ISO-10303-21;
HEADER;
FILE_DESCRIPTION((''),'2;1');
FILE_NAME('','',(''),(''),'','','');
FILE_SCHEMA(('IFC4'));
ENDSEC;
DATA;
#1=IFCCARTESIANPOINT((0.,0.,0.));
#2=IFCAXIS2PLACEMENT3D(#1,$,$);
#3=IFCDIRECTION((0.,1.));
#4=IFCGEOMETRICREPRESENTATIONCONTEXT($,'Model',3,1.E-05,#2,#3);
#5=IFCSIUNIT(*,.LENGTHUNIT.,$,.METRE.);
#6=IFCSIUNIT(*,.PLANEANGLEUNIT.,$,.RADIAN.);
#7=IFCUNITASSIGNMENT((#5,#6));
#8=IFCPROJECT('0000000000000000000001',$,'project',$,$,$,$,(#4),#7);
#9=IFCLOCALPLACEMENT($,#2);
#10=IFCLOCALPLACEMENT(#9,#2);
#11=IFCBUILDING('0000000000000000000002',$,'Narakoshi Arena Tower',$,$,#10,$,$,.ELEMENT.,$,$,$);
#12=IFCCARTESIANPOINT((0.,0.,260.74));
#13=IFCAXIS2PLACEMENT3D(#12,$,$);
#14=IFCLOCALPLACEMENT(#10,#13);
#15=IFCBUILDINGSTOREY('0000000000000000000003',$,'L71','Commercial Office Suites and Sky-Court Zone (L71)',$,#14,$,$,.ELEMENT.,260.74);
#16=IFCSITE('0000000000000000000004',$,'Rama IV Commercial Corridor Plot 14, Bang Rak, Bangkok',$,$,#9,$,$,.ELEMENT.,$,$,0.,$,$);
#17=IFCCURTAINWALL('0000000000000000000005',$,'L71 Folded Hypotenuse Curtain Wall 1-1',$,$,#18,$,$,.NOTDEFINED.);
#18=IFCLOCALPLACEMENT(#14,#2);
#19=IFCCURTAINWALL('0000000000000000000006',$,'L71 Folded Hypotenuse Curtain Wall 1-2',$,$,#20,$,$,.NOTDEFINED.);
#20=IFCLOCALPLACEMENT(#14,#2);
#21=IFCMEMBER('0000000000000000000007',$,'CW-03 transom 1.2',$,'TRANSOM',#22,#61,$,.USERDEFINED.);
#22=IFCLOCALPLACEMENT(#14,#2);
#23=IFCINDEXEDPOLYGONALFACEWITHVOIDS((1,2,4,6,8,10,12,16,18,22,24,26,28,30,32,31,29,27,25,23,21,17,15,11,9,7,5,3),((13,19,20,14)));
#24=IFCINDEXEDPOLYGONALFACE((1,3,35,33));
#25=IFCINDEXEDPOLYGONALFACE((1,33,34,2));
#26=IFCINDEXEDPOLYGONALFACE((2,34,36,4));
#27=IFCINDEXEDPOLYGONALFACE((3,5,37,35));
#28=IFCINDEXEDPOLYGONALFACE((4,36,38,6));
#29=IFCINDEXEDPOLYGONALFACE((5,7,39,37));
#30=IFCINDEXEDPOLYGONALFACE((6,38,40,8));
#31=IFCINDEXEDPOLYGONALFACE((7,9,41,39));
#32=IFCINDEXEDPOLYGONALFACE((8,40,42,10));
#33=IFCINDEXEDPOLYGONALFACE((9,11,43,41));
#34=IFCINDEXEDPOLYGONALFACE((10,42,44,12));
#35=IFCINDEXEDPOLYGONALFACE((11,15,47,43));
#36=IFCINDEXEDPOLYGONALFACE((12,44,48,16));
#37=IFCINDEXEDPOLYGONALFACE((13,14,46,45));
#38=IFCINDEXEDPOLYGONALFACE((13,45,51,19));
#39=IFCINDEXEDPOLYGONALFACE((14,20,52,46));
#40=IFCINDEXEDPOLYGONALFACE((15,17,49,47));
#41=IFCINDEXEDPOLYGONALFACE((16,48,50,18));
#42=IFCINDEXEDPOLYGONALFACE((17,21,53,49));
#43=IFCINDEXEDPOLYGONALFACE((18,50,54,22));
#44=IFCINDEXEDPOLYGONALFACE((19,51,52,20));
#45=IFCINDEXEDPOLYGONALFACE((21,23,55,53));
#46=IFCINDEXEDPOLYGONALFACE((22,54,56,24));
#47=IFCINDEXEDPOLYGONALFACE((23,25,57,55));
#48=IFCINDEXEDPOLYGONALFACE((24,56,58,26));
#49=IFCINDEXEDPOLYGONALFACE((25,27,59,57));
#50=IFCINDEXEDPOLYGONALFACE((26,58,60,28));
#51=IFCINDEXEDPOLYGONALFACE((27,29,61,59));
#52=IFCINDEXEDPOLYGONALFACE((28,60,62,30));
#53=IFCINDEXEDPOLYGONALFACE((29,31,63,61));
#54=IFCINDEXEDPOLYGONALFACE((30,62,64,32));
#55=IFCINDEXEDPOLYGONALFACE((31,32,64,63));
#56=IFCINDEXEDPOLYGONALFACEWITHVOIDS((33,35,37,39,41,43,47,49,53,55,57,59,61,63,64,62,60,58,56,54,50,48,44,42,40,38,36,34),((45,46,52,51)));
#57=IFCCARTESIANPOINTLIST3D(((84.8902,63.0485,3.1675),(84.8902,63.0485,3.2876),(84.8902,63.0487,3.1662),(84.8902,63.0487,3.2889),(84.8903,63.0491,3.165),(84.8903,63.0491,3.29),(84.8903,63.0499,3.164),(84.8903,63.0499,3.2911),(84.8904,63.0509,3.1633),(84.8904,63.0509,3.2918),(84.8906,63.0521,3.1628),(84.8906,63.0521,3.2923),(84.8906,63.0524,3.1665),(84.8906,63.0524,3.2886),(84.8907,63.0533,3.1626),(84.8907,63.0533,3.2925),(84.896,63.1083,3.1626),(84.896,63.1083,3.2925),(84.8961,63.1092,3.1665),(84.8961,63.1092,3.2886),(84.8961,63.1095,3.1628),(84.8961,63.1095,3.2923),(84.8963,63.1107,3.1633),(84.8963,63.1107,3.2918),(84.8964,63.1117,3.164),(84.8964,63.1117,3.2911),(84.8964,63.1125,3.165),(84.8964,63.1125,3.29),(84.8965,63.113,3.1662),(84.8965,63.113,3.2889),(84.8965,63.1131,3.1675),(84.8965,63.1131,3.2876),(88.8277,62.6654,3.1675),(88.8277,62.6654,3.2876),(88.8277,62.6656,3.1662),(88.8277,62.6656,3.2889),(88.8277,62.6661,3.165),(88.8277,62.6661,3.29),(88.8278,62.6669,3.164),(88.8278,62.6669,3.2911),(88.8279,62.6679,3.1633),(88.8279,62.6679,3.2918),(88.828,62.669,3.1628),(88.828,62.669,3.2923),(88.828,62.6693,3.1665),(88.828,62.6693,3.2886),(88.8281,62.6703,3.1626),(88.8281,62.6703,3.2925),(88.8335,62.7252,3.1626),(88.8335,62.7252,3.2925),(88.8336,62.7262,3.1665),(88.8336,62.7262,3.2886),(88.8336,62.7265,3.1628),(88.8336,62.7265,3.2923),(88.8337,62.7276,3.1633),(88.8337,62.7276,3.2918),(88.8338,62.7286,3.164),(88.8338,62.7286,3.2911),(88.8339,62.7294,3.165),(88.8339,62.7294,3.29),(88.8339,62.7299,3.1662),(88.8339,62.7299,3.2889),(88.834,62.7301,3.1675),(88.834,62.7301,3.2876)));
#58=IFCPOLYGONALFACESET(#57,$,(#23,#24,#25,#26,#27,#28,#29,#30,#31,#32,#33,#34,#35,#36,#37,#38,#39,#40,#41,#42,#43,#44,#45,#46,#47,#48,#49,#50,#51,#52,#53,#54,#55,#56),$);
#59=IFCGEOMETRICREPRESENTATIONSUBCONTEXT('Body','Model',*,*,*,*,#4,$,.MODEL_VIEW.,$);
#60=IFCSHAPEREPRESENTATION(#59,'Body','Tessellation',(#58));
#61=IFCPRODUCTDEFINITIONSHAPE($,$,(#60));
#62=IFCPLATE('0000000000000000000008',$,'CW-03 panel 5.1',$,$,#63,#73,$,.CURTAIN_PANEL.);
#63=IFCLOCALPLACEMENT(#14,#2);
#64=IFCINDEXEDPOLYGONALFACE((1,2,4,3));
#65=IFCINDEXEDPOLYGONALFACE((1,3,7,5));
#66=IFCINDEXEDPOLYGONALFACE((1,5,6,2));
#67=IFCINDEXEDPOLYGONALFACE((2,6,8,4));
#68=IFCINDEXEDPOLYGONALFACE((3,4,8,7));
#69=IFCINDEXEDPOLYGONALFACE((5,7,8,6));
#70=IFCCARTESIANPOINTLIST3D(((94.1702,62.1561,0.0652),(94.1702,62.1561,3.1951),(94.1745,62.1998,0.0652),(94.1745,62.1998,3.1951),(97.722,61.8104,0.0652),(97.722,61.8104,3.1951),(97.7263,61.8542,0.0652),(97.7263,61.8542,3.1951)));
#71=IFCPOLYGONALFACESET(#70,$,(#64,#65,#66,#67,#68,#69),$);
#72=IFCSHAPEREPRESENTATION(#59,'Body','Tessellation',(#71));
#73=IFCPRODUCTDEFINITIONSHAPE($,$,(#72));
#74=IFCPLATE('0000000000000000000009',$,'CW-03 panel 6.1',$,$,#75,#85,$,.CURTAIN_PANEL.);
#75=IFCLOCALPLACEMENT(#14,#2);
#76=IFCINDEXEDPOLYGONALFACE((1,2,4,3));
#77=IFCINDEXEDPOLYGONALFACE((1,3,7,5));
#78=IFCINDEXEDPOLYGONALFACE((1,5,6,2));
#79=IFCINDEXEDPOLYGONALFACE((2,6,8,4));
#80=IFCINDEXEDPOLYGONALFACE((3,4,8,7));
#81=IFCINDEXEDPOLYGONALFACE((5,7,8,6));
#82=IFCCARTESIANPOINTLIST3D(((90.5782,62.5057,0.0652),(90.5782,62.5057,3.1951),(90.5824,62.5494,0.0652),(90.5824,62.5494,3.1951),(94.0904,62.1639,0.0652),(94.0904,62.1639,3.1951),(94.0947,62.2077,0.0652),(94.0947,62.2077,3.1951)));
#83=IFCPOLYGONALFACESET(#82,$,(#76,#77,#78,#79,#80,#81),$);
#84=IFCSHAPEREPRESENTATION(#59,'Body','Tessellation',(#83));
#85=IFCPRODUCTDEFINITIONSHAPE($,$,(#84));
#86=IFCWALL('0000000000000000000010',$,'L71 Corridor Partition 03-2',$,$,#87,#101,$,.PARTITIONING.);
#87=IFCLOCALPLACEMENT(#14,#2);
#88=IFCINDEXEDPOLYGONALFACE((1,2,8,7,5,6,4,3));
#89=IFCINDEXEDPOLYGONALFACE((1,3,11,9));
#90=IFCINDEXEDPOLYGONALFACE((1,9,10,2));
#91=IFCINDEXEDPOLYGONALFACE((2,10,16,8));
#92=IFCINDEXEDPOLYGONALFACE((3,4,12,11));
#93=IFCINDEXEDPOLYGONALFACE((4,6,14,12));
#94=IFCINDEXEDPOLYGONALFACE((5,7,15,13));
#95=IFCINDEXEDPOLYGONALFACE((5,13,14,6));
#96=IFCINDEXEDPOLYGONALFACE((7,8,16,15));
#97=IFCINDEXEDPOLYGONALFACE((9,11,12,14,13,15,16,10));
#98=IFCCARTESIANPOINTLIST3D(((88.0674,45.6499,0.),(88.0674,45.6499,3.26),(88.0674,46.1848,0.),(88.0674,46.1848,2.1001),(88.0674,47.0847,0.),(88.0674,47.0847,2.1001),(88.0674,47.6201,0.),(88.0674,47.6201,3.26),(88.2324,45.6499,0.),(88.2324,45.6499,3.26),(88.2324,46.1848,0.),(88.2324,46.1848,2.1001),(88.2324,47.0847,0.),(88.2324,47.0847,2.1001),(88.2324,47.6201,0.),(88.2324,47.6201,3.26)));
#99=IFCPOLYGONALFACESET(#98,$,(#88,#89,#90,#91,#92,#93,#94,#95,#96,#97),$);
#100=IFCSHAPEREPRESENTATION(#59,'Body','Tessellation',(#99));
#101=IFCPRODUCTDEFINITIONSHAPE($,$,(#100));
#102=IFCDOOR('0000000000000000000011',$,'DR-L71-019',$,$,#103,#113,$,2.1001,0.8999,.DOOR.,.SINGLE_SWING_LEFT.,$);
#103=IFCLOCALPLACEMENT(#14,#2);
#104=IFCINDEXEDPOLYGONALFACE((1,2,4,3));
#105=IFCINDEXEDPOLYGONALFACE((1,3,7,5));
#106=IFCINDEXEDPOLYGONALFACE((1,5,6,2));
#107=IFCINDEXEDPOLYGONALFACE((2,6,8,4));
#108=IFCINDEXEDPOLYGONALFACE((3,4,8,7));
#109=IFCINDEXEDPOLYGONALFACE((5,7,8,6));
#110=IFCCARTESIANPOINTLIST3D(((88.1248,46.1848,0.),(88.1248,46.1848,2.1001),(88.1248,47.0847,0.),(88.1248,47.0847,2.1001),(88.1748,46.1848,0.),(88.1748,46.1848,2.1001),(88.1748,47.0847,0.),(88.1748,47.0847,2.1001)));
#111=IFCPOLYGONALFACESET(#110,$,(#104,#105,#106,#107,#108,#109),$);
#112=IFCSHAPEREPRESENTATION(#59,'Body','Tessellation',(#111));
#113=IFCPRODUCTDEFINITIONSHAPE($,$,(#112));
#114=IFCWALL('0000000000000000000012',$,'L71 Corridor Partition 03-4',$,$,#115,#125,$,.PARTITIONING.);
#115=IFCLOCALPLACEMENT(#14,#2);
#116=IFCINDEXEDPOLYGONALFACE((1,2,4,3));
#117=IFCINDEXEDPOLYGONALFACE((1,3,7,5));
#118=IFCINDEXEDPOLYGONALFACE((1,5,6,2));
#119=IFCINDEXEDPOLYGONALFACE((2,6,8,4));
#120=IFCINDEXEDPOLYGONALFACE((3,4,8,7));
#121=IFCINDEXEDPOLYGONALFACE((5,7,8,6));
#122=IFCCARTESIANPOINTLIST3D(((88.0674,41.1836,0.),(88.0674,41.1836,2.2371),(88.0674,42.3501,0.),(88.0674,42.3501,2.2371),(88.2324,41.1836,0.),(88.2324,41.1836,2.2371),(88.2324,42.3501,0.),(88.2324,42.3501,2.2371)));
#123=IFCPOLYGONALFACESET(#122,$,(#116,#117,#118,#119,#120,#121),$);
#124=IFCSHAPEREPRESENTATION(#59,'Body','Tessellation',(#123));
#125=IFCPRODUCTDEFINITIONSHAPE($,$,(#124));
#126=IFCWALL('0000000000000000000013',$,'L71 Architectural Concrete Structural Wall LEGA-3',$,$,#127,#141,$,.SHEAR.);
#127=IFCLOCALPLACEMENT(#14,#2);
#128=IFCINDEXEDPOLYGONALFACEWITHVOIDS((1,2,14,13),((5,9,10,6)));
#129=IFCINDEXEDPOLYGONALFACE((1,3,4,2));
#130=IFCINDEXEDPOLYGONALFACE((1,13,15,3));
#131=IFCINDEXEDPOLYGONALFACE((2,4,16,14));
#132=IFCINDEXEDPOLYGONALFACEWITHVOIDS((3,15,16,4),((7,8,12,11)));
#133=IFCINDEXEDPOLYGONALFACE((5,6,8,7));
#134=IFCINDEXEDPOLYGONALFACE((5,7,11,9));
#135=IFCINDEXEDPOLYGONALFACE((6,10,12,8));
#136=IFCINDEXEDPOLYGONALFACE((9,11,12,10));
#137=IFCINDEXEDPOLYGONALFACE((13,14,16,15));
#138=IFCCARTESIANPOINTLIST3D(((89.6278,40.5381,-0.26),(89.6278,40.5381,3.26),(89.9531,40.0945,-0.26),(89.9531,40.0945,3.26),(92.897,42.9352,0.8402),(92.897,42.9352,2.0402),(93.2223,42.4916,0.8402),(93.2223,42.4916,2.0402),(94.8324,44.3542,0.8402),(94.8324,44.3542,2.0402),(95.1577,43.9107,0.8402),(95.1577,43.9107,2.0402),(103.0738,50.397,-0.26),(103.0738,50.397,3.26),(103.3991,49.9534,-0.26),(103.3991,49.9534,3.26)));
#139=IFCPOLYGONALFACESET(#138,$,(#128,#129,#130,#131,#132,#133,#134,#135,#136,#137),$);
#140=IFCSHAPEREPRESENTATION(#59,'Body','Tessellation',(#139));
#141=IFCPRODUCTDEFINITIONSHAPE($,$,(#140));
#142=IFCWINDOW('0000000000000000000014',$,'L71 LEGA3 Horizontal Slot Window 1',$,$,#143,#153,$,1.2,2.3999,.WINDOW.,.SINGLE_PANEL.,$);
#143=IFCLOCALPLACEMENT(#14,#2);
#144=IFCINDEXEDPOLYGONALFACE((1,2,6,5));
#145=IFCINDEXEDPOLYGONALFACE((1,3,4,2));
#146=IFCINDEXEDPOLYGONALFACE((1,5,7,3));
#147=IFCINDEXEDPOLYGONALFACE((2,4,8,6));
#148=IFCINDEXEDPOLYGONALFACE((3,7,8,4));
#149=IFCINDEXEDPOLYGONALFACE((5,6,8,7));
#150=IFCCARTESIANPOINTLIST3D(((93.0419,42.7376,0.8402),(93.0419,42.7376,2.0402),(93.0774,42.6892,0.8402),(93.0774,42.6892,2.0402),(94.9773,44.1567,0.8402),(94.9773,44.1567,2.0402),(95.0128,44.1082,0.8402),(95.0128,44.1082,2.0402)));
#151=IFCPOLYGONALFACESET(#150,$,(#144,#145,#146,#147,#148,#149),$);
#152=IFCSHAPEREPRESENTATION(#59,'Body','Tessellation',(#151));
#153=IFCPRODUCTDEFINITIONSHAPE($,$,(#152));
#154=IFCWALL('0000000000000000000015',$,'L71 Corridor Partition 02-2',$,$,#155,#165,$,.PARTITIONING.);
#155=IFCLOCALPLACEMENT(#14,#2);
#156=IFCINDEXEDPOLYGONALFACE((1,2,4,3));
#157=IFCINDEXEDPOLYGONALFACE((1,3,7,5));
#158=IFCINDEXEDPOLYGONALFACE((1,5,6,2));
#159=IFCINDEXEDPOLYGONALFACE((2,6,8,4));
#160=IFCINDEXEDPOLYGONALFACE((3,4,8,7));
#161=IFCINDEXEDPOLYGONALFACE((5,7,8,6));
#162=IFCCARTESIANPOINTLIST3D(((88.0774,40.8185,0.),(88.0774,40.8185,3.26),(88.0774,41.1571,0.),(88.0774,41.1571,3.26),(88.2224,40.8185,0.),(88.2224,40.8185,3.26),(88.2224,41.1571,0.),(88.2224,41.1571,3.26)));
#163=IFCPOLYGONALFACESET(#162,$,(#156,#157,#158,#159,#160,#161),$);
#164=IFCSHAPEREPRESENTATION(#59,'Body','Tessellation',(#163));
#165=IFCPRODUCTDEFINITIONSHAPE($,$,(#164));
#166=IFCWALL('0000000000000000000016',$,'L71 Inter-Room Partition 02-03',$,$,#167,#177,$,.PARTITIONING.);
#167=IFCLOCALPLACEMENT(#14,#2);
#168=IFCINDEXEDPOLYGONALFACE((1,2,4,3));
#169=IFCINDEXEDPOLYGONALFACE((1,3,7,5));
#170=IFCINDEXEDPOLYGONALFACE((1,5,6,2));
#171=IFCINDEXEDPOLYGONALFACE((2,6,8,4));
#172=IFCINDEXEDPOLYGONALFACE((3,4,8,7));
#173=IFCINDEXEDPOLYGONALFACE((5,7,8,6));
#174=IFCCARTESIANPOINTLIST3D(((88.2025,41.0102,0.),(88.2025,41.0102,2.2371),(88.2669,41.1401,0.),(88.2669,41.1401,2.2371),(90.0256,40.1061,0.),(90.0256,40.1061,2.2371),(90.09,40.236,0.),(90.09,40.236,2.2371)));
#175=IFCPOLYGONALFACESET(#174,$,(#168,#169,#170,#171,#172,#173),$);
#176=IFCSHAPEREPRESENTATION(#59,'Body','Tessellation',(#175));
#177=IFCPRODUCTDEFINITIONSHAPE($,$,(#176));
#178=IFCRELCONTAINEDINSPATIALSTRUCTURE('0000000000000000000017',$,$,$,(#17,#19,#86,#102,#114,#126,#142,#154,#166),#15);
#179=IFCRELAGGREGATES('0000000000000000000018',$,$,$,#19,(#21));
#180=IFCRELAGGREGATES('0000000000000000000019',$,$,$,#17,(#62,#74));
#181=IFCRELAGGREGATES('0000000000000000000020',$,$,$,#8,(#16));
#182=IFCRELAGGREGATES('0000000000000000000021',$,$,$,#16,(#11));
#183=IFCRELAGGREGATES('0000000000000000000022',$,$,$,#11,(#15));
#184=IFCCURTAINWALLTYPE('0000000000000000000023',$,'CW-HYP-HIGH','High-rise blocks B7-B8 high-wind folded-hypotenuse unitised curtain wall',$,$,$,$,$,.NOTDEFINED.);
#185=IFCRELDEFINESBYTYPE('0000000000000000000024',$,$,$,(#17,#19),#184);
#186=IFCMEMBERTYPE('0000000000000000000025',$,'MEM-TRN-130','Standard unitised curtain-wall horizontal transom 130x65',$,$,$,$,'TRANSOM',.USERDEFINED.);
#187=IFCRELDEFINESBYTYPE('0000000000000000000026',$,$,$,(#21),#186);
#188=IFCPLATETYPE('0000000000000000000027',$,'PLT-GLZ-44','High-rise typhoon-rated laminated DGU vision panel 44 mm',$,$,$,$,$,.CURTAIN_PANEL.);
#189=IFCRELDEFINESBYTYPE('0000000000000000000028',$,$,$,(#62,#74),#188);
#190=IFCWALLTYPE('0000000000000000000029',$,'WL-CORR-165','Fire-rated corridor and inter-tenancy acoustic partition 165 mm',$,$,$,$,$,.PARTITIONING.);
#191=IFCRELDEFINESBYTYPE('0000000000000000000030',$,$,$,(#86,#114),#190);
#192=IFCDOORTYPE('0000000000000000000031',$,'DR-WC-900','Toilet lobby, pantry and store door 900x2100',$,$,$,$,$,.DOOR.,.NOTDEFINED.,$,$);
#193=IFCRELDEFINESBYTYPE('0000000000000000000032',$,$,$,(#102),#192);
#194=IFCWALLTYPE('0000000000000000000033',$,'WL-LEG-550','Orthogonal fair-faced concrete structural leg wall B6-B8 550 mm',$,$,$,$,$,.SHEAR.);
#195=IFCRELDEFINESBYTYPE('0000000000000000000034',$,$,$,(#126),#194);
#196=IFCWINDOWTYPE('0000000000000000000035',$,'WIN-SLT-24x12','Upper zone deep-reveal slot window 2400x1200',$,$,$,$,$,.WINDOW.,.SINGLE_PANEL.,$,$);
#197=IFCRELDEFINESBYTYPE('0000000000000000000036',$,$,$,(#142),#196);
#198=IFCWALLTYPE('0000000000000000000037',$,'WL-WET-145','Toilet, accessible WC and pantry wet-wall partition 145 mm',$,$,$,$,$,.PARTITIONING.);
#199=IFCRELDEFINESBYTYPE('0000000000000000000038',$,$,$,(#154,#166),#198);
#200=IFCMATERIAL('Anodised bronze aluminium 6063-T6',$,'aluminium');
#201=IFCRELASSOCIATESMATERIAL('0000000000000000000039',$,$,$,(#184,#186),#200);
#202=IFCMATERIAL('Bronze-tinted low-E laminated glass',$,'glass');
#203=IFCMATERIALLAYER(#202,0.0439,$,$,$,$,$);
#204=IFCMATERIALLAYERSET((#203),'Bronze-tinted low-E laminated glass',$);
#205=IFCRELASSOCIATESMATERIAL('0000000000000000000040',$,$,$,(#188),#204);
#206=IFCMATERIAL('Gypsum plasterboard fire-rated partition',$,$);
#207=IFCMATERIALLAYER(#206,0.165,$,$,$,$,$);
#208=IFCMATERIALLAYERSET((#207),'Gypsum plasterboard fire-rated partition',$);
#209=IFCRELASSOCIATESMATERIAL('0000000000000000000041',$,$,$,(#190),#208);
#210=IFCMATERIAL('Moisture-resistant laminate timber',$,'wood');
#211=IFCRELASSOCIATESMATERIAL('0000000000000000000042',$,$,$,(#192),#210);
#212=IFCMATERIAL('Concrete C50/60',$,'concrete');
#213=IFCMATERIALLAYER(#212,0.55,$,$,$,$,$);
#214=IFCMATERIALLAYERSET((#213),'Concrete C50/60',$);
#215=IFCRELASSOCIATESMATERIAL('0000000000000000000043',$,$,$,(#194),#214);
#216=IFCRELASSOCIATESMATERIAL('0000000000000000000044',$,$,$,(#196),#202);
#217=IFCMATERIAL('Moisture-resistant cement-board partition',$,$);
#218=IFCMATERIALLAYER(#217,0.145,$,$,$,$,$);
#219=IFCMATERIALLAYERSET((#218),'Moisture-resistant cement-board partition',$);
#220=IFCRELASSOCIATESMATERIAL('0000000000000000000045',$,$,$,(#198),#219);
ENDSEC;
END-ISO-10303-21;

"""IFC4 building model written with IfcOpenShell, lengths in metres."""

from ifc_helpers import new_model, si_unit, direction, frame, frame_2d, origin, origin_2d, place, context, subcontext, project, spatial, rectangle, hollow_rectangle, extrude, material, layer, layer_set, material_profile, profile_set, type_object, element, fill, aggregate, save


model = new_model("IFC4")

# Units and contexts
model_context = context("Model", 3, precision=1e-05, world=origin(), true_north=direction((0.0, 1.0)))
body_context = subcontext(model_context, "Body", "Model", "MODEL_VIEW")
ifc_project = project(units=[si_unit("LENGTHUNIT", "METRE"), si_unit("PLANEANGLEUNIT", "RADIAN")], contexts=[model_context])

# Site, building, storey
site_placement = place(None, origin())
site = spatial("IfcSite", under=ifc_project, at=site_placement, Name="Rama IV Commercial Corridor Plot 14, Bang Rak, Bangkok", CompositionType="ELEMENT", RefElevation=0.0)
building_placement = place(site_placement, origin())
building = spatial("IfcBuilding", under=site, at=building_placement, Name="Narakoshi Arena Tower", CompositionType="ELEMENT")
storey_placement = place(building_placement, frame((0.0, 0.0, 260.74)))
storey = spatial("IfcBuildingStorey", under=building, at=storey_placement, Name="L71", Description="Commercial Office Suites and Sky-Court Zone (L71)", CompositionType="ELEMENT", Elevation=260.74)

# Shared definitions
ifc_material_1 = material(Name="Concrete C50/60", Category="concrete")

# Curtain wall
ifc_material_2 = material(Name="Anodised bronze aluminium 6063-T6", Category="aluminium")
curtain_wall_type = type_object("IfcCurtainWallType", Name="CW-HYP-HIGH", Description="High-rise blocks B7-B8 high-wind folded-hypotenuse unitised curtain wall", PredefinedType="NOTDEFINED", material=ifc_material_2)
curtain_wall_1_placement = place(storey_placement, origin())
curtain_wall_1 = element("IfcCurtainWall", 1, at=curtain_wall_1_placement, inside=storey, type_object=curtain_wall_type, Name="L71 Folded Hypotenuse Curtain Wall 1-1", PredefinedType="NOTDEFINED")

# Curtain wall
curtain_wall_2_placement = place(storey_placement, origin())
curtain_wall_2 = element("IfcCurtainWall", 2, at=curtain_wall_2_placement, inside=storey, type_object=curtain_wall_type, Name="L71 Folded Hypotenuse Curtain Wall 1-2", PredefinedType="NOTDEFINED")

# Member
ifc_material_profile_1 = material_profile(ifc_material_2, hollow_rectangle(XDim=0.0649, YDim=0.1299, WallThickness=0.0039, OuterFilletRadius=0.0049, at=origin_2d()), Name="TRN130x65x4")
ifc_profile_set_1 = profile_set([ifc_material_profile_1], Name="Anodised bronze aluminium 6063-T6")
member_type_1 = type_object("IfcMemberType", Name="MEM-TRN-130", Description="Standard unitised curtain-wall horizontal transom 130x65", ElementType="TRANSOM", PredefinedType="USERDEFINED", material=ifc_profile_set_1)
member_1_placement = place(storey_placement, frame((88.8308, 62.6978, 3.2275), z_axis=(-0.995301, 0.096827, 0.0), x_axis=(-0.096827, -0.995301, 0.0)))
member_1 = element("IfcMember", 3, at=member_1_placement, type_object=member_type_1, Name="CW-03 transom 1.2", ObjectType="TRANSOM", PredefinedType="USERDEFINED", context=body_context, shape_type="SweptSolid", body=[
    extrude(hollow_rectangle(XDim=0.0649, YDim=0.1299, WallThickness=0.0039, OuterFilletRadius=0.0049, at=origin_2d()), origin(), (0.0, 0.0, 1.0), 3.9561),
])
aggregate(curtain_wall_2, [member_1])

# Plates
ifc_material_3 = material(Name="Bronze-tinted low-E laminated glass", Category="glass")
ifc_layer_1 = layer(ifc_material_3, 0.0439)
ifc_layer_set_1 = layer_set([ifc_layer_1], Name="Bronze-tinted low-E laminated glass")
plate_type = type_object("IfcPlateType", Name="PLT-GLZ-44", Description="High-rise typhoon-rated laminated DGU vision panel 44 mm", PredefinedType="CURTAIN_PANEL", material=ifc_layer_set_1)
plate_1_placement = place(storey_placement, frame((95.9482, 62.0051, 0.0652), z_axis=(0.0, 0.0, 1.0), x_axis=(-0.995299, 0.096851, 0.0)))
plate_1 = element("IfcPlate", 4, at=plate_1_placement, type_object=plate_type, Name="CW-03 panel 5.1", PredefinedType="CURTAIN_PANEL", context=body_context, shape_type="SweptSolid", body=[
    extrude(rectangle(XDim=3.5686, YDim=0.0439, at=origin_2d()), origin(), (0.0, 0.0, 1.0), 3.1299),
])
plate_2_placement = place(storey_placement, frame((92.3364, 62.3567, 0.0652), z_axis=(0.0, 0.0, 1.0), x_axis=(-0.995299, 0.096851, 0.0)))
plate_2 = element("IfcPlate", 5, at=plate_2_placement, type_object=plate_type, Name="CW-03 panel 6.1", PredefinedType="CURTAIN_PANEL", context=body_context, shape_type="SweptSolid", body=[
    extrude(rectangle(XDim=3.5288, YDim=0.0439, at=origin_2d()), origin(), (0.0, 0.0, 1.0), 3.1299),
])
aggregate(curtain_wall_1, [plate_1, plate_2])

# Wall, opening, door
ifc_material_4 = material(Name="Gypsum plasterboard fire-rated partition")
ifc_layer_2 = layer(ifc_material_4, 0.165)
ifc_layer_set_2 = layer_set([ifc_layer_2], Name="Gypsum plasterboard fire-rated partition")
wall_type_1 = type_object("IfcWallType", Name="WL-CORR-165", Description="Fire-rated corridor and inter-tenancy acoustic partition 165 mm", PredefinedType="PARTITIONING", material=ifc_layer_set_2)
wall_1_placement = place(storey_placement, frame((88.1499, 45.6499, 0.0), z_axis=(0.0, 0.0, 1.0), x_axis=(0.0, 1.0, 0.0)))
wall_1 = element("IfcWall", 6, at=wall_1_placement, inside=storey, type_object=wall_type_1, Name="L71 Corridor Partition 03-2", PredefinedType="PARTITIONING", context=body_context, shape_type="SweptSolid", body=[
    extrude(rectangle(XDim=1.9702, YDim=0.165, at=frame_2d((0.9851, 0.0))), origin(), (0.0, 0.0, 1.0), 3.26),
])
opening_1_placement = place(wall_1_placement, frame((0.5349, 0.0, 0.0)))
opening_1 = element("IfcOpeningElement", 7, at=opening_1_placement, cuts=wall_1, PredefinedType="OPENING", context=body_context, shape_type="SweptSolid", body=[
    extrude(rectangle(XDim=0.8999, YDim=2.1001, at=frame_2d((0.45, 1.05))), frame((0.0, 0.0925, 0.0), z_axis=(0.0, -1.0, 0.0), x_axis=(1.0, 0.0, 0.0)), (0.0, 0.0, 1.0), 0.1851),
])
ifc_material_5 = material(Name="Moisture-resistant laminate timber", Category="wood")
door_type = type_object("IfcDoorType", Name="DR-WC-900", Description="Toilet lobby, pantry and store door 900x2100", OperationType="NOTDEFINED", PredefinedType="DOOR", material=ifc_material_5)
door_placement = place(opening_1_placement, frame((0.8999, 0.0, 0.0), z_axis=(0.0, 0.0, 1.0), x_axis=(-1.0, 0.0, 0.0)))
door = element("IfcDoor", 8, at=door_placement, inside=storey, type_object=door_type, Name="DR-L71-019", OperationType="SINGLE_SWING_LEFT", OverallHeight=2.1001, OverallWidth=0.8999, PredefinedType="DOOR", context=body_context, shape_type="SweptSolid", body=[
    extrude(rectangle(XDim=0.8999, YDim=2.1001, at=frame_2d((0.45, 1.05))), frame((0.0, 0.0249, 0.0), z_axis=(0.0, -1.0, 0.0), x_axis=(1.0, 0.0, 0.0)), (0.0, 0.0, 1.0), 0.05),
])
fill(opening_1, door)

# Wall
wall_2_placement = place(storey_placement, frame((88.1499, 41.1836, 0.0), z_axis=(0.0, 0.0, 1.0), x_axis=(0.0, 1.0, 0.0)))
element("IfcWall", 9, at=wall_2_placement, inside=storey, type_object=wall_type_1, Name="L71 Corridor Partition 03-4", PredefinedType="PARTITIONING", context=body_context, shape_type="SweptSolid", body=[
    extrude(rectangle(XDim=1.1665, YDim=0.165, at=frame_2d((0.5833, 0.0))), origin(), (0.0, 0.0, 1.0), 2.2371),
])

# Wall, opening, window
ifc_layer_3 = layer(ifc_material_1, 0.55)
ifc_layer_set_3 = layer_set([ifc_layer_3], Name="Concrete C50/60")
wall_type_2 = type_object("IfcWallType", Name="WL-LEG-550", Description="Orthogonal fair-faced concrete structural leg wall B6-B8 550 mm", PredefinedType="SHEAR", material=ifc_layer_set_3)
wall_3_placement = place(storey_placement, frame((89.7905, 40.3164, -0.26), z_axis=(0.0, 0.0, 1.0), x_axis=(0.806449, 0.591303, 0.0)))
wall_3 = element("IfcWall", 10, at=wall_3_placement, inside=storey, type_object=wall_type_2, Name="L71 Architectural Concrete Structural Wall LEGA-3", PredefinedType="SHEAR", context=body_context, shape_type="SweptSolid", body=[
    extrude(rectangle(XDim=16.6731, YDim=0.55, at=frame_2d((8.3364, 0.0))), origin(), (0.0, 0.0, 1.0), 3.52),
])
opening_2_placement = place(wall_3_placement, frame((4.0537, 0.0, 1.1001)))
opening_2 = element("IfcOpeningElement", 11, at=opening_2_placement, cuts=wall_3, PredefinedType="OPENING", context=body_context, shape_type="SweptSolid", body=[
    extrude(rectangle(XDim=2.3999, YDim=1.2, at=frame_2d((1.2, 0.6001))), frame((0.0, 0.2849, 0.0), z_axis=(0.0, -1.0, 0.0), x_axis=(1.0, 0.0, 0.0)), (0.0, 0.0, 1.0), 0.5701),
])
window_type = type_object("IfcWindowType", Name="WIN-SLT-24x12", Description="Upper zone deep-reveal slot window 2400x1200", PartitioningType="SINGLE_PANEL", PredefinedType="WINDOW", material=ifc_material_3)
window_placement = place(opening_2_placement, origin())
window = element("IfcWindow", 12, at=window_placement, inside=storey, type_object=window_type, Name="L71 LEGA3 Horizontal Slot Window 1", OverallHeight=1.2, OverallWidth=2.3999, PartitioningType="SINGLE_PANEL", PredefinedType="WINDOW", context=body_context, shape_type="SweptSolid", body=[
    extrude(rectangle(XDim=2.3999, YDim=1.2, at=frame_2d((1.2, 0.6001))), frame((0.0, 0.03, 0.0), z_axis=(0.0, -1.0, 0.0), x_axis=(1.0, 0.0, 0.0)), (0.0, 0.0, 1.0), 0.0601),
])
fill(opening_2, window)

# Walls
ifc_material_6 = material(Name="Moisture-resistant cement-board partition")
ifc_layer_4 = layer(ifc_material_6, 0.145)
ifc_layer_set_4 = layer_set([ifc_layer_4], Name="Moisture-resistant cement-board partition")
wall_type_3 = type_object("IfcWallType", Name="WL-WET-145", Description="Toilet, accessible WC and pantry wet-wall partition 145 mm", PredefinedType="PARTITIONING", material=ifc_layer_set_4)
wall_4_placement = place(storey_placement, frame((88.1499, 40.8184, 0.0), z_axis=(0.0, 0.0, 1.0), x_axis=(0.0, 1.0, 0.0)))
element("IfcWall", 13, at=wall_4_placement, inside=storey, type_object=wall_type_3, Name="L71 Corridor Partition 02-2", PredefinedType="PARTITIONING", context=body_context, shape_type="SweptSolid", body=[
    extrude(rectangle(XDim=0.3386, YDim=0.145, at=frame_2d((0.1694, 0.0))), origin(), (0.0, 0.0, 1.0), 3.26),
])
wall_5_placement = place(storey_placement, frame((88.2346, 41.0752, 0.0), z_axis=(0.0, 0.0, 1.0), x_axis=(0.895886, -0.444284, 0.0)))
element("IfcWall", 14, at=wall_5_placement, inside=storey, type_object=wall_type_3, Name="L71 Inter-Room Partition 02-03", PredefinedType="PARTITIONING", context=body_context, shape_type="SweptSolid", body=[
    extrude(rectangle(XDim=2.0349, YDim=0.145, at=frame_2d((1.0176, 0.0))), origin(), (0.0, 0.0, 1.0), 2.2371),
])

save(model, "model.ifc")
